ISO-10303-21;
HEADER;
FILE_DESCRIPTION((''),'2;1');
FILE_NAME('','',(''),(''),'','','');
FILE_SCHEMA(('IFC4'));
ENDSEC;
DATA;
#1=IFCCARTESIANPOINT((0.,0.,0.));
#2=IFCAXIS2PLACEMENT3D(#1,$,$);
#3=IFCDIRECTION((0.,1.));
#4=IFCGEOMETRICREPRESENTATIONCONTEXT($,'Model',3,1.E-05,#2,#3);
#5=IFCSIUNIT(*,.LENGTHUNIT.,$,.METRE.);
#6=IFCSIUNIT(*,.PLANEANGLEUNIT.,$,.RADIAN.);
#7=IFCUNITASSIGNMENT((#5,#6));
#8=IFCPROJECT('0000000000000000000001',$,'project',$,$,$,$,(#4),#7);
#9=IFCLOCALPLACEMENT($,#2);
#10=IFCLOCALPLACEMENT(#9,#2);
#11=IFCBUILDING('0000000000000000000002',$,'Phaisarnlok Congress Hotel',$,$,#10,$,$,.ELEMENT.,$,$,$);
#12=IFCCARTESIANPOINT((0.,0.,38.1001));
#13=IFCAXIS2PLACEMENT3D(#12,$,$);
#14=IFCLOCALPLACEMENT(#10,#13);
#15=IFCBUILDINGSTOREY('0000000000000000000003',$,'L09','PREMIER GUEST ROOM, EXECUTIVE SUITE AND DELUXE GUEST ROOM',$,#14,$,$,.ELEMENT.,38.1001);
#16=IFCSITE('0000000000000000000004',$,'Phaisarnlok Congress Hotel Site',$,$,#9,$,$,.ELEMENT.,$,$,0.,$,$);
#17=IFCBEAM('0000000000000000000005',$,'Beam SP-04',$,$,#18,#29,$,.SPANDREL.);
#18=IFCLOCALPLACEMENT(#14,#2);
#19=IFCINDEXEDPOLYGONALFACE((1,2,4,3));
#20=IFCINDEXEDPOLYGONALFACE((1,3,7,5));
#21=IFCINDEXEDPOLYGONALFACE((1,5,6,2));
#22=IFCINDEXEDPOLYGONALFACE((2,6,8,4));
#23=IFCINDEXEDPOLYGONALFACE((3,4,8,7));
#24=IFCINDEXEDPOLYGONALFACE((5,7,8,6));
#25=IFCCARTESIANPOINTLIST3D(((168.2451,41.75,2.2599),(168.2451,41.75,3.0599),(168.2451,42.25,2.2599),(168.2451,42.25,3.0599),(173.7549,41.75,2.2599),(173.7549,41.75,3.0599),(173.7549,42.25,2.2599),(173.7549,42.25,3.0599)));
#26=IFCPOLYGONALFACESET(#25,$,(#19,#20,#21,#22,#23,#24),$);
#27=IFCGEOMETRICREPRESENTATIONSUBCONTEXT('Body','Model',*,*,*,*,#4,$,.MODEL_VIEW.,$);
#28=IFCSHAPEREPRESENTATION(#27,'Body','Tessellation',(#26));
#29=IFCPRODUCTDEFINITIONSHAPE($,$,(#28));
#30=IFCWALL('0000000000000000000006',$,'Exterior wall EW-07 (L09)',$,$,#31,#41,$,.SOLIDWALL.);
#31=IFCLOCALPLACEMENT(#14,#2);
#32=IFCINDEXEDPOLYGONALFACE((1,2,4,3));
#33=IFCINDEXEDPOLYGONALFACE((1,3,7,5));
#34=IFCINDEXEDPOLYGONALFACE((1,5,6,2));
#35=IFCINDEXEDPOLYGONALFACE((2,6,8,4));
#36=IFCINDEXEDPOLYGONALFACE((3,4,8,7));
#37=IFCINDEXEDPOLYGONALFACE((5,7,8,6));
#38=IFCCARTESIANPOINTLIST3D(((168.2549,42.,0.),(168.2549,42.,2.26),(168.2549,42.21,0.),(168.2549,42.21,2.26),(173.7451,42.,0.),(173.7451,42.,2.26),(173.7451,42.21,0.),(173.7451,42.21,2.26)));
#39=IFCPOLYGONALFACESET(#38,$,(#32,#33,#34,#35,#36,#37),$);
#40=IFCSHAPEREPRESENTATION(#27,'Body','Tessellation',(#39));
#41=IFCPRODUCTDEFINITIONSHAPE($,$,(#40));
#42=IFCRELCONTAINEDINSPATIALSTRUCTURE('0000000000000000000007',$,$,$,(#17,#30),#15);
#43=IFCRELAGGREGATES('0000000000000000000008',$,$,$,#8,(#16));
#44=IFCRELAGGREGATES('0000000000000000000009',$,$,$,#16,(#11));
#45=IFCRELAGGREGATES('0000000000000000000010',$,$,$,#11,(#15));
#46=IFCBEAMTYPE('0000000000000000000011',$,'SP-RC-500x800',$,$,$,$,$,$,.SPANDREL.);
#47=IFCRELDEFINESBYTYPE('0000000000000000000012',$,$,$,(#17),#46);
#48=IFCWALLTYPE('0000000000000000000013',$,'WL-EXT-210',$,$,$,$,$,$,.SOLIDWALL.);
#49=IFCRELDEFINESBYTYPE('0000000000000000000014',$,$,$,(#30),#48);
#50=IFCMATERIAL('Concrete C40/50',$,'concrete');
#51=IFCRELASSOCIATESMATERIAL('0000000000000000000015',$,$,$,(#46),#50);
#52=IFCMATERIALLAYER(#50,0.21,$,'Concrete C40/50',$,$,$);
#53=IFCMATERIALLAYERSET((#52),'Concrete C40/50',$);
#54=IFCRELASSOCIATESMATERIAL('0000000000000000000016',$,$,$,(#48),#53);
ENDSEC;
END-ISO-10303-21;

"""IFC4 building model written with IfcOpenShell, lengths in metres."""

from ifc_helpers import new_model, si_unit, direction, frame, frame_2d, origin, origin_2d, place, context, subcontext, project, spatial, rectangle, extrude, material, layer, layer_set, material_profile, profile_set, type_object, element, save


model = new_model("IFC4")

# Units and contexts
model_context = context("Model", 3, precision=1e-05, world=origin(), true_north=direction((0.0, 1.0)))
body_context = subcontext(model_context, "Body", "Model", "MODEL_VIEW")
ifc_project = project(units=[si_unit("LENGTHUNIT", "METRE"), si_unit("PLANEANGLEUNIT", "RADIAN")], contexts=[model_context])

# Site, building, storey
site_placement = place(None, origin())
site = spatial("IfcSite", under=ifc_project, at=site_placement, Name="Phaisarnlok Congress Hotel Site", CompositionType="ELEMENT", RefElevation=0.0)
building_placement = place(site_placement, origin())
building = spatial("IfcBuilding", under=site, at=building_placement, Name="Phaisarnlok Congress Hotel", CompositionType="ELEMENT")
storey_placement = place(building_placement, frame((0.0, 0.0, 38.1001)))
storey = spatial("IfcBuildingStorey", under=building, at=storey_placement, Name="L09", Description="PREMIER GUEST ROOM, EXECUTIVE SUITE AND DELUXE GUEST ROOM", CompositionType="ELEMENT", Elevation=38.1001)

# Beam
ifc_material = material(Name="Concrete C40/50", Category="concrete")
ifc_material_profile = material_profile(ifc_material, rectangle(XDim=0.5, YDim=0.8, at=origin_2d()), Name="RC 500x800")
ifc_profile_set = profile_set([ifc_material_profile], Name="Concrete C40/50")
beam_type = type_object("IfcBeamType", Name="SP-RC-500x800", PredefinedType="SPANDREL", material=ifc_profile_set)
beam_placement = place(storey_placement, frame((168.2451, 42.0, 2.6599), z_axis=(1.0, 0.0, 0.0), x_axis=(0.0, 1.0, 0.0)))
element("IfcBeam", 1, at=beam_placement, inside=storey, type_object=beam_type, Name="Beam SP-04", PredefinedType="SPANDREL", context=body_context, shape_type="SweptSolid", body=[
    extrude(rectangle(XDim=0.5, YDim=0.8, at=origin_2d()), origin(), (0.0, 0.0, 1.0), 5.5098),
])

# Wall
ifc_layer = layer(ifc_material, 0.21, Name="Concrete C40/50")
ifc_layer_set = layer_set([ifc_layer], Name="Concrete C40/50")
wall_type = type_object("IfcWallType", Name="WL-EXT-210", PredefinedType="SOLIDWALL", material=ifc_layer_set)
wall_placement = place(storey_placement, frame((168.2549, 42.105, 0.0), z_axis=(0.0, 0.0, 1.0), x_axis=(1.0, 0.0, 0.0)))
element("IfcWall", 2, at=wall_placement, inside=storey, type_object=wall_type, Name="Exterior wall EW-07 (L09)", PredefinedType="SOLIDWALL", context=body_context, shape_type="SweptSolid", body=[
    extrude(rectangle(XDim=5.4902, YDim=0.21, at=frame_2d((2.7451, 0.0))), origin(), (0.0, 0.0, 1.0), 2.26),
])

save(model, "model.ifc")
